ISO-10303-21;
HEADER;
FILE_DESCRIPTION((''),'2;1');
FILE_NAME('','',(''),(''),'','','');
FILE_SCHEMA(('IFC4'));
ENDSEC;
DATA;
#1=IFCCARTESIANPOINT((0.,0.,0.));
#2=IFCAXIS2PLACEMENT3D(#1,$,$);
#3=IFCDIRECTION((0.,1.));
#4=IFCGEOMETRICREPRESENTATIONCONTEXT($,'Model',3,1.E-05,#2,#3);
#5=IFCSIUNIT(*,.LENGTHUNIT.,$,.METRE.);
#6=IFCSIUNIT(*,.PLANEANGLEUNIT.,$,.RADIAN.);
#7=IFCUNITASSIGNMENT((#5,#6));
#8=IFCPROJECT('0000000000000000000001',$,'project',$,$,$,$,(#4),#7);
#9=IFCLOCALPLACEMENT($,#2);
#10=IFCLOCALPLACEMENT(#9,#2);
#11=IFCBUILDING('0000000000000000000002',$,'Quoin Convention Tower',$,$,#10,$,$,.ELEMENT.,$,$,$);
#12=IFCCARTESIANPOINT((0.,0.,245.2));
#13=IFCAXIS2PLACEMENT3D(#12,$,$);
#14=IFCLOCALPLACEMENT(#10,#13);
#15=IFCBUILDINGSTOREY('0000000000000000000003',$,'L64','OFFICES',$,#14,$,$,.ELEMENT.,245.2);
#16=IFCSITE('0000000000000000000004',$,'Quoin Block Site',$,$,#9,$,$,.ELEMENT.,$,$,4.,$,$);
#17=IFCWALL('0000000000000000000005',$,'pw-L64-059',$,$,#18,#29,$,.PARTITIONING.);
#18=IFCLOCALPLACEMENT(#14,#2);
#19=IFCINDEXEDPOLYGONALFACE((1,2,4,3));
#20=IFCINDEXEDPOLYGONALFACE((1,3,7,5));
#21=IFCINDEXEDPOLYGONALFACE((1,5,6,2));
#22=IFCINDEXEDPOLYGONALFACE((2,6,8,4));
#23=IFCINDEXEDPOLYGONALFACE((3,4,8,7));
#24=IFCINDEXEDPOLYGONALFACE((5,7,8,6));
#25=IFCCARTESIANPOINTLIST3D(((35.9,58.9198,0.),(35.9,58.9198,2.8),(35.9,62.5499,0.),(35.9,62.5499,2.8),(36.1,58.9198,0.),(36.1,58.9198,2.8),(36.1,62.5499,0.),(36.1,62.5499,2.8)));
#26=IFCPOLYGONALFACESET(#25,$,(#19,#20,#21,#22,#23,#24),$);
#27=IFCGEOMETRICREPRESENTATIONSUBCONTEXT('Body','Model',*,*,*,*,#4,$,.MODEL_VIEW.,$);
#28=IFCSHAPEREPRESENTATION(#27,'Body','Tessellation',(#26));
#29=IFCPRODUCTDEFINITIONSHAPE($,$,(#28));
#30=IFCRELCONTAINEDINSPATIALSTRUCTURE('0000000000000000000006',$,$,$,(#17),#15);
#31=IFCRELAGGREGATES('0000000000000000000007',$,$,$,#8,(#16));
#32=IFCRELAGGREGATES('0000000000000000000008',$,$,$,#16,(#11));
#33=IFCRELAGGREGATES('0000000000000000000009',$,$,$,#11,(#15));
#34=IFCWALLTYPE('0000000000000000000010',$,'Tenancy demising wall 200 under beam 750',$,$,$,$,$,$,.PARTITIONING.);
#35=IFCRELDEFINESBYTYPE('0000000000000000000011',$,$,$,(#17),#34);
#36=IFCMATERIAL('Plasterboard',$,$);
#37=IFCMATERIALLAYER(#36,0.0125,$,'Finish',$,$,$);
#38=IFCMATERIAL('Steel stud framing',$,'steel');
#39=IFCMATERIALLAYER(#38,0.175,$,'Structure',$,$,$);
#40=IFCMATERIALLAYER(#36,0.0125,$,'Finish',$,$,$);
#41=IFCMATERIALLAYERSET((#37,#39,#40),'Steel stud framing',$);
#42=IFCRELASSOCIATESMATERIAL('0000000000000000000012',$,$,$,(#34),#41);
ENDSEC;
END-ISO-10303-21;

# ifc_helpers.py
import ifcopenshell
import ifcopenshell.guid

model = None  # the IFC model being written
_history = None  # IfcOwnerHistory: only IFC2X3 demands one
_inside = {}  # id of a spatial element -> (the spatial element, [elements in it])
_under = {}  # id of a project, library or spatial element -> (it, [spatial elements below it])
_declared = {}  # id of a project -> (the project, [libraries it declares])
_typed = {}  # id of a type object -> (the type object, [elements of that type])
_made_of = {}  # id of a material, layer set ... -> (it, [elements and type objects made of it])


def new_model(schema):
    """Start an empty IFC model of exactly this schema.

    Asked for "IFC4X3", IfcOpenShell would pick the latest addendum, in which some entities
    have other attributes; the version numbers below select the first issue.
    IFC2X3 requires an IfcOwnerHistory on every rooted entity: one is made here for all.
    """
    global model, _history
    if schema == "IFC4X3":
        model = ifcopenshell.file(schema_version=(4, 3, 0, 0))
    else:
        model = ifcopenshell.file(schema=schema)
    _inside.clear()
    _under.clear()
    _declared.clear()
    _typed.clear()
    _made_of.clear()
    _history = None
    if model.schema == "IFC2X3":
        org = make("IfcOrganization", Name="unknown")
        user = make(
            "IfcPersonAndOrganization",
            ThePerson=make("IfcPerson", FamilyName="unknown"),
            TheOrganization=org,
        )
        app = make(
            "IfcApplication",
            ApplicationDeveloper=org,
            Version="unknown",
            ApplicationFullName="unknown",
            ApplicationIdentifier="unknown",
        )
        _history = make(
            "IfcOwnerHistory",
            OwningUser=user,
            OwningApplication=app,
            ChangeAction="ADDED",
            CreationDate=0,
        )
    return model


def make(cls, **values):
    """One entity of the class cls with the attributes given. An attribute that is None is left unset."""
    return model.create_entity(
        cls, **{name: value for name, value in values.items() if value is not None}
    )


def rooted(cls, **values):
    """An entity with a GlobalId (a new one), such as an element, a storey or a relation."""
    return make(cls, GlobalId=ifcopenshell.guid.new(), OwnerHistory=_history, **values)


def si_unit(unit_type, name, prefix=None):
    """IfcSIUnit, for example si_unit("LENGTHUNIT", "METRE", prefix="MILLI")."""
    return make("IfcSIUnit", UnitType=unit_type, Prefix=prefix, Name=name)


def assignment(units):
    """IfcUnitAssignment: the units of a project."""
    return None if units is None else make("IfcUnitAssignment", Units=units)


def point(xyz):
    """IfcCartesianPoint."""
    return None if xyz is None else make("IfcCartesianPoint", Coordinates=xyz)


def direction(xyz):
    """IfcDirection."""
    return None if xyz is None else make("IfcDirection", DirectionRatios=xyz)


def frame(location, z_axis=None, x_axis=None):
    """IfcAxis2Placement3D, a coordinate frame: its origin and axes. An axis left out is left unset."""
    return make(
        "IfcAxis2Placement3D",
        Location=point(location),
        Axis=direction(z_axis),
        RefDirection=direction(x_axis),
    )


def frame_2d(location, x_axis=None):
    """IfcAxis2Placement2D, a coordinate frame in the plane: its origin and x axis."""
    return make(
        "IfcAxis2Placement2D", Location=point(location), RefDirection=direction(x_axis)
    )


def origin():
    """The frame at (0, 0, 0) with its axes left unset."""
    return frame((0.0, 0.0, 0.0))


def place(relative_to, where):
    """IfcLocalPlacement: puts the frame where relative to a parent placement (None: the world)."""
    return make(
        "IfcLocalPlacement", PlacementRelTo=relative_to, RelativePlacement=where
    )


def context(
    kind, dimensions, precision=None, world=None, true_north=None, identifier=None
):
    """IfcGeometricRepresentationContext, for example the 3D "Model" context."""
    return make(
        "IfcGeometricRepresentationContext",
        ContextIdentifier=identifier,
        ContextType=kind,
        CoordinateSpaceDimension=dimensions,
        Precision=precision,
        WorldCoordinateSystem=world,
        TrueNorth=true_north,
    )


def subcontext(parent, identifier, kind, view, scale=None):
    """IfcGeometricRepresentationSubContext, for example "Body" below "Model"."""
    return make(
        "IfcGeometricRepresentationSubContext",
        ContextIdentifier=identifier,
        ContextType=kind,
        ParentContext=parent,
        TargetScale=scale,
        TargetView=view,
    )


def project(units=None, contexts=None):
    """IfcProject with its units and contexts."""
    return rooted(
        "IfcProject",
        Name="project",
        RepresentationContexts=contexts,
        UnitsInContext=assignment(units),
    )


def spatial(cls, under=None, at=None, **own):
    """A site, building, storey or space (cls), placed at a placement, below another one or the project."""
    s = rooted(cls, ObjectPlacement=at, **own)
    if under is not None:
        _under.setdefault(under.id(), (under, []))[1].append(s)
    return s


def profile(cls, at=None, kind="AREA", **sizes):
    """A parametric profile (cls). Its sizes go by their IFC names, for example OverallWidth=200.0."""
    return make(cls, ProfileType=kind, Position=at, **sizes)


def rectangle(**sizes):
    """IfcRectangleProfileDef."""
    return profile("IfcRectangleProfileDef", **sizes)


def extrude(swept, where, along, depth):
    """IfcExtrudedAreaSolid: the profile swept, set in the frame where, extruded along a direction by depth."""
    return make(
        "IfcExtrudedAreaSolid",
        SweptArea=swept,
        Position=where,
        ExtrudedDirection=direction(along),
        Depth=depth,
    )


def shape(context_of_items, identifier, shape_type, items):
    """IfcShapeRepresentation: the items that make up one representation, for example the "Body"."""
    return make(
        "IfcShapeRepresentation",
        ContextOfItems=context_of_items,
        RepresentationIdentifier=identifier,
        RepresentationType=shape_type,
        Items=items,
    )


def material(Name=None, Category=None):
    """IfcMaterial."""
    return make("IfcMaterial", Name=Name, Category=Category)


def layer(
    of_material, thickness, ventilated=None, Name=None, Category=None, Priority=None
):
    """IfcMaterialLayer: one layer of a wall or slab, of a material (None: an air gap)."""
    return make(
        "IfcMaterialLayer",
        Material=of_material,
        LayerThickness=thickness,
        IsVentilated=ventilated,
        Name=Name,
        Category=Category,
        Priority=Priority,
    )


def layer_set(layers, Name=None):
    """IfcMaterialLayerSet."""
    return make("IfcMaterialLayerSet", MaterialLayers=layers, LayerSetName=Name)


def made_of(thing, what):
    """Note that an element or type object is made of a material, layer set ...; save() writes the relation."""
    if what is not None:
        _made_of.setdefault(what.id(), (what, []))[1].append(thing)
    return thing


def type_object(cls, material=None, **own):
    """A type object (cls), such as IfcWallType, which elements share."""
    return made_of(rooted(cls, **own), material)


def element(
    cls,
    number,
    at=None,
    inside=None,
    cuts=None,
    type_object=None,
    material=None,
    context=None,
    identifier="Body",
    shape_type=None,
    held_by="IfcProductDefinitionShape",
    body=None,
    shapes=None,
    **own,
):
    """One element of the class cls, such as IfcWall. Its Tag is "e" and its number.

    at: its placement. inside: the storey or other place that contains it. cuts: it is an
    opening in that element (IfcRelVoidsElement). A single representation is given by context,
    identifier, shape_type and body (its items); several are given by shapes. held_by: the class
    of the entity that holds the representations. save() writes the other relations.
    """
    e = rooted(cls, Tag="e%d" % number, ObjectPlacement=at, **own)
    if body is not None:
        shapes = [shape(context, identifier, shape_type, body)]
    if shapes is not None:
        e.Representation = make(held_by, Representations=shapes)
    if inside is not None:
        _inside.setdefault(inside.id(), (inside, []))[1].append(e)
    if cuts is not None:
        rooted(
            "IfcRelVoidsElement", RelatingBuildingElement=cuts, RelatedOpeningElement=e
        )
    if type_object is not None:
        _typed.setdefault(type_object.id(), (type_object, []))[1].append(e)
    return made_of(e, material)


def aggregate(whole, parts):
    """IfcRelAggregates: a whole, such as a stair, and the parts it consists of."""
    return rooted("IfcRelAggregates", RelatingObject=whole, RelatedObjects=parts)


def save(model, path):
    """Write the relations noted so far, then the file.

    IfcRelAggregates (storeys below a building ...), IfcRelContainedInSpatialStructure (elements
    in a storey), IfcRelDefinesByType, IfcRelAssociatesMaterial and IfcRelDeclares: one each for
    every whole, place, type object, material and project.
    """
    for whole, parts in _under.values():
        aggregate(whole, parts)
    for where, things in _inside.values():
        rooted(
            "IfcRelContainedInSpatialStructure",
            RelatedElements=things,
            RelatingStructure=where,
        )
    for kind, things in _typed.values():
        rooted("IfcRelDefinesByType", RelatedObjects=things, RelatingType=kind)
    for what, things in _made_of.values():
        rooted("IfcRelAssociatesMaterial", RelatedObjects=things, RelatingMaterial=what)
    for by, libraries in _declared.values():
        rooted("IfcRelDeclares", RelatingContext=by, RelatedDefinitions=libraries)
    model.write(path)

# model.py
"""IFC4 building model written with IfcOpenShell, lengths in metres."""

from ifc_helpers import new_model, si_unit, direction, frame, frame_2d, origin, place, context, subcontext, project, spatial, rectangle, extrude, material, layer, layer_set, type_object, element, save


model = new_model("IFC4")

# Units and contexts
model_context = context("Model", 3, precision=1e-05, world=origin(), true_north=direction((0.0, 1.0)))
body_context = subcontext(model_context, "Body", "Model", "MODEL_VIEW")
ifc_project = project(units=[si_unit("LENGTHUNIT", "METRE"), si_unit("PLANEANGLEUNIT", "RADIAN")], contexts=[model_context])

# Site, building, storey
site_placement = place(None, origin())
site = spatial("IfcSite", under=ifc_project, at=site_placement, Name="Quoin Block Site", CompositionType="ELEMENT", RefElevation=4.0)
building_placement = place(site_placement, origin())
building = spatial("IfcBuilding", under=site, at=building_placement, Name="Quoin Convention Tower", CompositionType="ELEMENT")
storey_placement = place(building_placement, frame((0.0, 0.0, 245.2)))
storey = spatial("IfcBuildingStorey", under=building, at=storey_placement, Name="L64", Description="OFFICES", CompositionType="ELEMENT", Elevation=245.2)

# Shared definitions
ifc_material_1 = material(Name="Plasterboard")
ifc_material_2 = material(Name="Steel stud framing", Category="steel")

# Wall
ifc_layer_1 = layer(ifc_material_1, 0.0125, Name="Finish")
ifc_layer_2 = layer(ifc_material_2, 0.175, Name="Structure")
ifc_layer_3 = layer(ifc_material_1, 0.0125, Name="Finish")
ifc_layer_set_1 = layer_set([ifc_layer_1, ifc_layer_2, ifc_layer_3], Name="Steel stud framing")
wall_type_1 = type_object("IfcWallType", Name="Tenancy demising wall 200 under beam 750", PredefinedType="PARTITIONING", material=ifc_layer_set_1)
wall_1_placement = place(storey_placement, frame((36.0, 58.9199, 0.0), z_axis=(0.0, 0.0, 1.0), x_axis=(0.0, 1.0, 0.0)))
element("IfcWall", 1, at=wall_1_placement, inside=storey, type_object=wall_type_1, Name="pw-L64-059", PredefinedType="PARTITIONING", context=body_context, shape_type="SweptSolid", body=[
    extrude(rectangle(XDim=3.6301, YDim=0.2, at=frame_2d((1.8149, 0.0))), origin(), (0.0, 0.0, 1.0), 2.8),
])

save(model, "model.ifc")
